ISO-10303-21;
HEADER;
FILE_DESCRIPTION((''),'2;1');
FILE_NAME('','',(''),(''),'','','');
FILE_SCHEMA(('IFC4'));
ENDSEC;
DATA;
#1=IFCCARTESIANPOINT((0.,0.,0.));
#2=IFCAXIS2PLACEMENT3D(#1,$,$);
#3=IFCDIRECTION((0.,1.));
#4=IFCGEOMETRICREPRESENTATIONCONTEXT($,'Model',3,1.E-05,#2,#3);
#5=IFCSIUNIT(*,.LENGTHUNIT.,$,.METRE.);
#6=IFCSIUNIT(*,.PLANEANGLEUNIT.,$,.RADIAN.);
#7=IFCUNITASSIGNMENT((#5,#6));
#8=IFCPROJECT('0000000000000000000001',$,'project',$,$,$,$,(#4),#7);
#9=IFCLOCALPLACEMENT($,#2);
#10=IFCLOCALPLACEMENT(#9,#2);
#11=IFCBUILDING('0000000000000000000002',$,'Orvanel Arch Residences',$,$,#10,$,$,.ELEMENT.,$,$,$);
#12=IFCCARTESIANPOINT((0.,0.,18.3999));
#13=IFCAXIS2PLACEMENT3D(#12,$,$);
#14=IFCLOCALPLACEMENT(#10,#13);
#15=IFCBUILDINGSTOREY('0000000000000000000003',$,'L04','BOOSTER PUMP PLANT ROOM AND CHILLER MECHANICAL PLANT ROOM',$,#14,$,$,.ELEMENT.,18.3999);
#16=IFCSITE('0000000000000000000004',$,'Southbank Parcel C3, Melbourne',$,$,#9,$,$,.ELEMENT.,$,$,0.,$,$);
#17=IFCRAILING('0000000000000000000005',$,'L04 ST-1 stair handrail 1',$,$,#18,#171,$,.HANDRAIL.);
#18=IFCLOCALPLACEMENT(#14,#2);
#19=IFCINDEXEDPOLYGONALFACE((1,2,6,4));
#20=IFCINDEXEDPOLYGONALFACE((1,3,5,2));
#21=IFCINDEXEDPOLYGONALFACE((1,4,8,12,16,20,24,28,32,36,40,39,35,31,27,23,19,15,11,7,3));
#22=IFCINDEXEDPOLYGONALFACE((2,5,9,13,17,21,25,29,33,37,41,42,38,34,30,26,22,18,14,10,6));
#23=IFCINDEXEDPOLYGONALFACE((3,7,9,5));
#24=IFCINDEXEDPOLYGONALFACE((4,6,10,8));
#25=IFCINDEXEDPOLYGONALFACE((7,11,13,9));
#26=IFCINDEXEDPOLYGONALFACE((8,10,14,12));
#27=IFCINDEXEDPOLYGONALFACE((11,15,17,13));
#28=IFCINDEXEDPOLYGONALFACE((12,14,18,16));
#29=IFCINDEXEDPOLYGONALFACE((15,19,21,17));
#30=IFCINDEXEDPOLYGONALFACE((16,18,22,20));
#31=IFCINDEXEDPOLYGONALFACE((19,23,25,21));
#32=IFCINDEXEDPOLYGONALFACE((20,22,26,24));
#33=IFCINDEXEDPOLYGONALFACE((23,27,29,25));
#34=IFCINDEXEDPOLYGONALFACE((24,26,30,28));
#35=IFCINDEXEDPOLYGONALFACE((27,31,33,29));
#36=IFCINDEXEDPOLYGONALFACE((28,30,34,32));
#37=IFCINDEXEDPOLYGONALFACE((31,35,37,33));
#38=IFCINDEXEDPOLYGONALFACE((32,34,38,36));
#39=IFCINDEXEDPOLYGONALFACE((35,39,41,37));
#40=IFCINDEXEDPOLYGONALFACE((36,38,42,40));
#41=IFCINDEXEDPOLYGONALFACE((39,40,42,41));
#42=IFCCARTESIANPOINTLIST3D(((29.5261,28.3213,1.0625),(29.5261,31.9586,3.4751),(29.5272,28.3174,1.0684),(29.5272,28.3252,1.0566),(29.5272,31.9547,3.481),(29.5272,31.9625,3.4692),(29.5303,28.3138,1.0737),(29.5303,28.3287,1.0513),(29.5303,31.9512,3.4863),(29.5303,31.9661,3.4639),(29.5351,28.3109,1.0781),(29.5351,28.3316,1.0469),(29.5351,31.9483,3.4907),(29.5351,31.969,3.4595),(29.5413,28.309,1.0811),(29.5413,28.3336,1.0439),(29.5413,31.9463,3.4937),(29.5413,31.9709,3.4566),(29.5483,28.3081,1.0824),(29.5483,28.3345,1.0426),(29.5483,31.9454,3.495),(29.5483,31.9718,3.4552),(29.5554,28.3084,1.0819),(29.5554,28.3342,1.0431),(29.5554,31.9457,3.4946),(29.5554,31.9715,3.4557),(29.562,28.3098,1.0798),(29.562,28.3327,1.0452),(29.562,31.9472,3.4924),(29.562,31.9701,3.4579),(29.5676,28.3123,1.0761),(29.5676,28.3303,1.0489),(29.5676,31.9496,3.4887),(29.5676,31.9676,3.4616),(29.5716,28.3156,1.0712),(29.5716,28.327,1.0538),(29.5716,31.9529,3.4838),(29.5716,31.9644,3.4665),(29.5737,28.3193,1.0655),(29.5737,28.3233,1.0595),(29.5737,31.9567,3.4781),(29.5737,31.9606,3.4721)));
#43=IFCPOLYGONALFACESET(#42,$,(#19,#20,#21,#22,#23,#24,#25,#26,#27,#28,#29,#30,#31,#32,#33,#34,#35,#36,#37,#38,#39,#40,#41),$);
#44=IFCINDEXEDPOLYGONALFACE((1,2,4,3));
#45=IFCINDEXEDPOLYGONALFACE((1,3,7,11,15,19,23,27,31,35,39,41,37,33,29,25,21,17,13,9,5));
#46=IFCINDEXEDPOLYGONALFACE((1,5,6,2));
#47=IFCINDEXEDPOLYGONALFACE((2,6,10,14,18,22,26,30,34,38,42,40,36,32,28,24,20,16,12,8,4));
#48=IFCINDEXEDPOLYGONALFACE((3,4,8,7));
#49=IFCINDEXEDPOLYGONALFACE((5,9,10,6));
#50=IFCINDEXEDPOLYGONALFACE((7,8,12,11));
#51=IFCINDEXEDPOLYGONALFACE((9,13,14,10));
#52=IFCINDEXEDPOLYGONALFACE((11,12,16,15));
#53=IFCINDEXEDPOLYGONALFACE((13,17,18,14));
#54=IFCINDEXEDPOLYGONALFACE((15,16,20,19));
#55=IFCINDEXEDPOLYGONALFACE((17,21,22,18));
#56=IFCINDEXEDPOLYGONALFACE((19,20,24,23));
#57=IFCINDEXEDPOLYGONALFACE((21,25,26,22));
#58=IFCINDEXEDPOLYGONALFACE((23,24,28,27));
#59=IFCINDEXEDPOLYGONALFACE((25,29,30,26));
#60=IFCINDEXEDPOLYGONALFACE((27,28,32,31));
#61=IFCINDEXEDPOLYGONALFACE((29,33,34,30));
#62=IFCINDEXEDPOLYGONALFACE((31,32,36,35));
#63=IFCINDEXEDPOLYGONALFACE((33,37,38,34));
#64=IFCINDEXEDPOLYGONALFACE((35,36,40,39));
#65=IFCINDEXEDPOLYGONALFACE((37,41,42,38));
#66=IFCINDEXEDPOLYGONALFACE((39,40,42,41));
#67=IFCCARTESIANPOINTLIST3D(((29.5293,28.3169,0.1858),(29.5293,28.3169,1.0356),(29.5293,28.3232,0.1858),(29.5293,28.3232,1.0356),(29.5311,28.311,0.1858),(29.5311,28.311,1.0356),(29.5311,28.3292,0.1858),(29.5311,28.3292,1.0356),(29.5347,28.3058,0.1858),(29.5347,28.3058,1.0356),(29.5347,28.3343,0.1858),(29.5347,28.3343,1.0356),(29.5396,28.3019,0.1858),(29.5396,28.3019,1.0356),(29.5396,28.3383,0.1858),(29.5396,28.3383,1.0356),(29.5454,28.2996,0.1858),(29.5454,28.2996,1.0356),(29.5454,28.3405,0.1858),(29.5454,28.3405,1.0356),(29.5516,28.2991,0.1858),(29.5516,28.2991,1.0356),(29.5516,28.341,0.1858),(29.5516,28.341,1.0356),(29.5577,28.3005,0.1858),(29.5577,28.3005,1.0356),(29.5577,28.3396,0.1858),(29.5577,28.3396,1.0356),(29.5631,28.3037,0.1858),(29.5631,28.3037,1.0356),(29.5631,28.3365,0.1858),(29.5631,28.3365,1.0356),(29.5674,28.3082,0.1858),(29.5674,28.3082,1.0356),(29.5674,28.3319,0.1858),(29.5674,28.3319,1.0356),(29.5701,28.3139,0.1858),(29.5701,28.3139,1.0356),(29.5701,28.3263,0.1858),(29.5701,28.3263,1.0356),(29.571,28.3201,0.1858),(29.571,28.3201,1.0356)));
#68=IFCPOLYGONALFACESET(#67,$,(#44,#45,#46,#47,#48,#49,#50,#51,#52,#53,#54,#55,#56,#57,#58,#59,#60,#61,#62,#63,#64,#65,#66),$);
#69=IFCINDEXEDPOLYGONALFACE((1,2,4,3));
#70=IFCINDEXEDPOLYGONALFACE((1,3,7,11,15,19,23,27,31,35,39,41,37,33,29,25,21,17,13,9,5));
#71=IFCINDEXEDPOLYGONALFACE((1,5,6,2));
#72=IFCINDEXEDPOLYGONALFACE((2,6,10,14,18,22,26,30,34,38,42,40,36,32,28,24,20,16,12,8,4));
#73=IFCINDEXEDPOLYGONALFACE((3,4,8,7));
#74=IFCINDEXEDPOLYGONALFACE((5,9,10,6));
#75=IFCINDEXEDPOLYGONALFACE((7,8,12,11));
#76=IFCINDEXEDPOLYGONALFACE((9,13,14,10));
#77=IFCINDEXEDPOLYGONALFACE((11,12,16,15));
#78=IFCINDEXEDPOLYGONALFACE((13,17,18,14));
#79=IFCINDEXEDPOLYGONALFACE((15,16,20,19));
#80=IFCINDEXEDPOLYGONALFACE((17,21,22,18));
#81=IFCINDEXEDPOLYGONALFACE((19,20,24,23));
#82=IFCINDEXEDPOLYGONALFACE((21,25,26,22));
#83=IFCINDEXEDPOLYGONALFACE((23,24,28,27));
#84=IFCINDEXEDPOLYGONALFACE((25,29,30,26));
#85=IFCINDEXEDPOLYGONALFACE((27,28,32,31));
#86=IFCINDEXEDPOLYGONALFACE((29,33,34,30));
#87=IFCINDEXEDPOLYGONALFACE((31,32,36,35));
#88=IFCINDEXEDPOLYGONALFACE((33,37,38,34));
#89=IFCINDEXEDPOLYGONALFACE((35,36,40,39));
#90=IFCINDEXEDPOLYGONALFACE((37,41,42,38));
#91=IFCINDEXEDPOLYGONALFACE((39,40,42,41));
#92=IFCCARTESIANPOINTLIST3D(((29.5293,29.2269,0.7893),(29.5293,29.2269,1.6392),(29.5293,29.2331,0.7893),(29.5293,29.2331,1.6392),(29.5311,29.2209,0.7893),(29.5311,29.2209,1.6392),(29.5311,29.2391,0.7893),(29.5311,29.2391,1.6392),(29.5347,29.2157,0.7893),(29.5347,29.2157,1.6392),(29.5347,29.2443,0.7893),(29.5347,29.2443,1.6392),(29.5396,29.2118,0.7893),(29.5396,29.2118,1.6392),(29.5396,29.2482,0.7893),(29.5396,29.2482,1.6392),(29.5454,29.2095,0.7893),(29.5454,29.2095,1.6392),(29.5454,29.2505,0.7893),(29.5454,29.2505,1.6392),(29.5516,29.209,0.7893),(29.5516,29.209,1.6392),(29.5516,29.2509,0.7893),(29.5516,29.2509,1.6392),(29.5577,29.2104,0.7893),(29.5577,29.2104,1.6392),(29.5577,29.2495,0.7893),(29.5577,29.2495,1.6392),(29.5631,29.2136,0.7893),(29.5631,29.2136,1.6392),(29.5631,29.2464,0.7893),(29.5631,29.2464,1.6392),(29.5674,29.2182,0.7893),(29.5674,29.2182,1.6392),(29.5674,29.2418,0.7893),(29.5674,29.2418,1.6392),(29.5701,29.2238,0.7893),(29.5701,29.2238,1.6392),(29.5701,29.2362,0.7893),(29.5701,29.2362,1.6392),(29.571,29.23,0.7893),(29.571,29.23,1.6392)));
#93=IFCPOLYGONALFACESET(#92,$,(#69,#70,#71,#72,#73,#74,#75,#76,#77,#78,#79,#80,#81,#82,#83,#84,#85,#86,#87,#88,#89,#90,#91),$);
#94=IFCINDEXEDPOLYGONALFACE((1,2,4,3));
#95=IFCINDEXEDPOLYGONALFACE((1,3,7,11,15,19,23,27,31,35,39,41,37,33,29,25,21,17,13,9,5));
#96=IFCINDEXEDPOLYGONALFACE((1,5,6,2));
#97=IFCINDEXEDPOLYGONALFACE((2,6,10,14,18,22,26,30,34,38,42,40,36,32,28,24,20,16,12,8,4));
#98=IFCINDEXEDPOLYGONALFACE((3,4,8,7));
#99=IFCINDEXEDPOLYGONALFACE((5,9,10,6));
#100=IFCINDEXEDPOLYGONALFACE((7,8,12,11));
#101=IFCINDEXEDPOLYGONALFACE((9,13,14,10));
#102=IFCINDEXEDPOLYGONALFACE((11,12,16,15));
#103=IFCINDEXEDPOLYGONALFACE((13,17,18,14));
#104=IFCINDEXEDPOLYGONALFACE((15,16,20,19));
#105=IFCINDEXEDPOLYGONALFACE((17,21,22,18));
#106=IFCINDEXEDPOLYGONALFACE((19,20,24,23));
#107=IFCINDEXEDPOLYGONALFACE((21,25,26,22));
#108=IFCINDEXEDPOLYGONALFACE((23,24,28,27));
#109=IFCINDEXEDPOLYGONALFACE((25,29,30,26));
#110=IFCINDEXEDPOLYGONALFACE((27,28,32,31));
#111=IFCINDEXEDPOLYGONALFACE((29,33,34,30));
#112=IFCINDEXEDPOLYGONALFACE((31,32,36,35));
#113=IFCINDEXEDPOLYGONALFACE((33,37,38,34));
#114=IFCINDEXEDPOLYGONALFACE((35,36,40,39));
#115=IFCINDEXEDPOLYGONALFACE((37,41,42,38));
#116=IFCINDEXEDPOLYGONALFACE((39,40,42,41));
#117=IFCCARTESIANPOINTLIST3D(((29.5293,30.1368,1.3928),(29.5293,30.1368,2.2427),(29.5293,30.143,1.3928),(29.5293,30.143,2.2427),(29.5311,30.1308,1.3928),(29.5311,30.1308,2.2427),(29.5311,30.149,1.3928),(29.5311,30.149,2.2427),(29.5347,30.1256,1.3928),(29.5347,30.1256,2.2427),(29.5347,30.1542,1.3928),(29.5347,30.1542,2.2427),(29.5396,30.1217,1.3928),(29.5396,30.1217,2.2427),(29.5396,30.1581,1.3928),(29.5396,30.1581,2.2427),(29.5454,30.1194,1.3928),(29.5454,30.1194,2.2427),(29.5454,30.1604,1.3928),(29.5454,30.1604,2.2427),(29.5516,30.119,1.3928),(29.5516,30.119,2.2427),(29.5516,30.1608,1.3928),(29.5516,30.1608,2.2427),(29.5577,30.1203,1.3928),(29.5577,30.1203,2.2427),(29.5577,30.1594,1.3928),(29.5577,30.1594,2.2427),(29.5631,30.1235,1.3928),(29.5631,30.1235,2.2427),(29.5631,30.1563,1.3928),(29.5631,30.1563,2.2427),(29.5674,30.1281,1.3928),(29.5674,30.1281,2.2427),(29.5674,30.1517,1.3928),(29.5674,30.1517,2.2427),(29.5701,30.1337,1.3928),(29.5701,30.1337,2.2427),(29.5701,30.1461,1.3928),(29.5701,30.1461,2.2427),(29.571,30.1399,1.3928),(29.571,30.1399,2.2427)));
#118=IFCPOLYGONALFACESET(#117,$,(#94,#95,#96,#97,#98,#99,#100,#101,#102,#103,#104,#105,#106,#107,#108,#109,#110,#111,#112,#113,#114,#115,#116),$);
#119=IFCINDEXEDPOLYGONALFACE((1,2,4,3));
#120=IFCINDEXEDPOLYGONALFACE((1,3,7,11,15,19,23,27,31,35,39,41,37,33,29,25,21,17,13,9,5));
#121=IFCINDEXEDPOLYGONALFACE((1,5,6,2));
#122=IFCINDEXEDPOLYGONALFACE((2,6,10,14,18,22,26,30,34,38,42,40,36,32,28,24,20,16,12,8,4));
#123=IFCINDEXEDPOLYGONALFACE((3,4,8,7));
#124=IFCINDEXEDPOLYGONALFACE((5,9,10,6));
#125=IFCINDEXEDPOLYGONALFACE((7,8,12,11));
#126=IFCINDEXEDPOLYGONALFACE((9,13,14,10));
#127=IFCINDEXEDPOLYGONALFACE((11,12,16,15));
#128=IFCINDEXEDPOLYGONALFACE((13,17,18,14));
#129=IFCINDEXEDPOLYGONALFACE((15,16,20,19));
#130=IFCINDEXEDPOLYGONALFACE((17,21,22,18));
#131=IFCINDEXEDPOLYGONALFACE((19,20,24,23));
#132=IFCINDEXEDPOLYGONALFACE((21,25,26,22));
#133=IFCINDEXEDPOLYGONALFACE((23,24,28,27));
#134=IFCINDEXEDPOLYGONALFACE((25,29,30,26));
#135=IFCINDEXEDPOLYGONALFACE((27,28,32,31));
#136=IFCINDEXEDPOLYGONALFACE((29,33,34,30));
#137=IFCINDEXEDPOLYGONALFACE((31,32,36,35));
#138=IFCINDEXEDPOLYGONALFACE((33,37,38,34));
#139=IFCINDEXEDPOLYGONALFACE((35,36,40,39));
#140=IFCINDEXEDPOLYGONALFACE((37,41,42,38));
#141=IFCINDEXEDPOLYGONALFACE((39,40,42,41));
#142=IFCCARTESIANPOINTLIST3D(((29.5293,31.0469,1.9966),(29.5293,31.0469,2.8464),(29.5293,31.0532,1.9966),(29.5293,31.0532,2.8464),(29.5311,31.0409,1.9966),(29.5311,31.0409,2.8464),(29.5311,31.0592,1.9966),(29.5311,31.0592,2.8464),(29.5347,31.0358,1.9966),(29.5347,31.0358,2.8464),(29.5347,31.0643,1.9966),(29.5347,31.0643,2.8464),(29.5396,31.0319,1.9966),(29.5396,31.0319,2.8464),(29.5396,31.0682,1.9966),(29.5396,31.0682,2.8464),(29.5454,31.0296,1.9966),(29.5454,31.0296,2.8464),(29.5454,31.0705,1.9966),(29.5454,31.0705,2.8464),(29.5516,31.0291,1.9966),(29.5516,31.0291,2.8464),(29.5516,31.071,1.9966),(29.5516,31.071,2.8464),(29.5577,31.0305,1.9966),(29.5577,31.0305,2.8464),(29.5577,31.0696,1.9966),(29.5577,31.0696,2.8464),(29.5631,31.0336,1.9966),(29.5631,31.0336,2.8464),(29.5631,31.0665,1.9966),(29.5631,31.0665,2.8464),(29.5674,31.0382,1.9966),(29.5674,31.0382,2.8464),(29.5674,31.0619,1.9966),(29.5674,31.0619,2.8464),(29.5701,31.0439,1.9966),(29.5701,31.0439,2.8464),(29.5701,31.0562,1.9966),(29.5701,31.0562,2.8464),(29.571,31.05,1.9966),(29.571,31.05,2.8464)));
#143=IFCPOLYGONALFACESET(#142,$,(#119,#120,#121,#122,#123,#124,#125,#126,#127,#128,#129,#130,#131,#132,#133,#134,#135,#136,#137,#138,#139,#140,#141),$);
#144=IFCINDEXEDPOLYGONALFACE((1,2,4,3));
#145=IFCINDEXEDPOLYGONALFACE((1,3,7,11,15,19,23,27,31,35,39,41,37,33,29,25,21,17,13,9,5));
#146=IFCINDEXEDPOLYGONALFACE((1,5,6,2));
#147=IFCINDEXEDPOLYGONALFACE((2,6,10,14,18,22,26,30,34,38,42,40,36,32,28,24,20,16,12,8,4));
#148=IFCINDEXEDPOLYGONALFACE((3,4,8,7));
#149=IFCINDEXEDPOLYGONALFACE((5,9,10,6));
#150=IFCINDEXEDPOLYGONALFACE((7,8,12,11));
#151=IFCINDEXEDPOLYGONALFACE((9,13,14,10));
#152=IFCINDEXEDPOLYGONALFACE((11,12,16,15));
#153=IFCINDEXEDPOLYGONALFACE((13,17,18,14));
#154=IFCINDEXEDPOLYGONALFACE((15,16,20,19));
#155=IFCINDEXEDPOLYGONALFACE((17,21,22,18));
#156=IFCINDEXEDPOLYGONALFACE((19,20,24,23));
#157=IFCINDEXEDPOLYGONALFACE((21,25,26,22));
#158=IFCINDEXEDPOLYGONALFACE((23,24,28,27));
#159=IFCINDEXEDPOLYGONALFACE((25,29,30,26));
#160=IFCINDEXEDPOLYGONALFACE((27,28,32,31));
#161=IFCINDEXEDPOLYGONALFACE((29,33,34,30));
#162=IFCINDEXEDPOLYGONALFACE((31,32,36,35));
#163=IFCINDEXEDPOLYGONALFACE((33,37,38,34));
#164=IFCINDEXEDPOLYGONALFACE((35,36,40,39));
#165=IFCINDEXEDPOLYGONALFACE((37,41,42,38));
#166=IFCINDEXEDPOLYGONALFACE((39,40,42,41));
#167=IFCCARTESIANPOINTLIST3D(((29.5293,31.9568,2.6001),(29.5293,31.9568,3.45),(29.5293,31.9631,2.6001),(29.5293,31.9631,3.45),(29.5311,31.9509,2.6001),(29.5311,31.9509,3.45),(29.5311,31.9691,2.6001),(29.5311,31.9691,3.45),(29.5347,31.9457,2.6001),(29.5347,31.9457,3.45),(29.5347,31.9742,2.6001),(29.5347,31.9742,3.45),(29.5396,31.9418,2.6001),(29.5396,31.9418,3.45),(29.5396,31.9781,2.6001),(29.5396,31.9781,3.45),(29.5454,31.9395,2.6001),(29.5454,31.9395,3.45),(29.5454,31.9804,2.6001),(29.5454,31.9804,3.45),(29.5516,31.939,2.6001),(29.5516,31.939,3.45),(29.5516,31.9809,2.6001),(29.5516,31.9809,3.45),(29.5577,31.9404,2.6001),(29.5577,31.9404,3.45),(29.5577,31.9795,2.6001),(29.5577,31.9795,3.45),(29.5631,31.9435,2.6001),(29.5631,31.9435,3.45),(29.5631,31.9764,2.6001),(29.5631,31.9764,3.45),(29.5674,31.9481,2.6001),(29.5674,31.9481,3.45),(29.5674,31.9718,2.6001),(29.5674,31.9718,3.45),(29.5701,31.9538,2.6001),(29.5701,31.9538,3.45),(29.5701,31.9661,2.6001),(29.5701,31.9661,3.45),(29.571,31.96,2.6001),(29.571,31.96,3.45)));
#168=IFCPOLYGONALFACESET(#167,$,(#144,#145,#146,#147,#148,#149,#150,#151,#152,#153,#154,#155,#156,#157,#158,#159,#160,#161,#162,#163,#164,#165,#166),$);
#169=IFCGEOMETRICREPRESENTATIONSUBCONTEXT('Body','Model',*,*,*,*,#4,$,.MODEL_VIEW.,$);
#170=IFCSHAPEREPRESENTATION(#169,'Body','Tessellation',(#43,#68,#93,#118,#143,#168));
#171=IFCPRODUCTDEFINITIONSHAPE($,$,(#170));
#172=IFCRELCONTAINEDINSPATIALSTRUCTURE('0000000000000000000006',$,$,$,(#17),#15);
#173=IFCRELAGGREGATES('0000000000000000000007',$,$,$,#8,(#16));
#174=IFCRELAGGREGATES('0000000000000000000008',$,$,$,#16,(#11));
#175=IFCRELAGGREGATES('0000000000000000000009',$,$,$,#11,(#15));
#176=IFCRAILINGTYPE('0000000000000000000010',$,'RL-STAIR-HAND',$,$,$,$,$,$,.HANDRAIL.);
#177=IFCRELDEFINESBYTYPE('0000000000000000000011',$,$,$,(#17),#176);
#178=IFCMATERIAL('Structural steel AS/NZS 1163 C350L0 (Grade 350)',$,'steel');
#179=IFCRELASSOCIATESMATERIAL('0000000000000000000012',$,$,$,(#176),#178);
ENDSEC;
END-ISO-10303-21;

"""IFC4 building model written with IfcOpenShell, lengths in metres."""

from ifc_helpers import new_model, si_unit, direction, frame, origin, origin_2d, place, context, subcontext, project, spatial, circle, extrude, material, type_object, element, save


model = new_model("IFC4")

# Units and contexts
model_context = context("Model", 3, precision=1e-05, world=origin(), true_north=direction((0.0, 1.0)))
body_context = subcontext(model_context, "Body", "Model", "MODEL_VIEW")
ifc_project = project(units=[si_unit("LENGTHUNIT", "METRE"), si_unit("PLANEANGLEUNIT", "RADIAN")], contexts=[model_context])

# Site, building, storey
site_placement = place(None, origin())
site = spatial("IfcSite", under=ifc_project, at=site_placement, Name="Southbank Parcel C3, Melbourne", CompositionType="ELEMENT", RefElevation=0.0)
building_placement = place(site_placement, origin())
building = spatial("IfcBuilding", under=site, at=building_placement, Name="Orvanel Arch Residences", CompositionType="ELEMENT")
storey_placement = place(building_placement, frame((0.0, 0.0, 18.3999)))
storey = spatial("IfcBuildingStorey", under=building, at=storey_placement, Name="L04", Description="BOOSTER PUMP PLANT ROOM AND CHILLER MECHANICAL PLANT ROOM", CompositionType="ELEMENT", Elevation=18.3999)

# Railing
ifc_material_1 = material(Name="Structural steel AS/NZS 1163 C350L0 (Grade 350)", Category="steel")
railing_type_1 = type_object("IfcRailingType", Name="RL-STAIR-HAND", PredefinedType="HANDRAIL", material=ifc_material_1)
railing_1_placement = place(storey_placement, frame((29.55, 28.3201, 0.1858)))
element("IfcRailing", 1, at=railing_1_placement, inside=storey, type_object=railing_type_1, Name="L04 ST-1 stair handrail 1", PredefinedType="HANDRAIL", context=body_context, shape_type="SweptSolid", body=[
    extrude(circle(Radius=0.0239, at=origin_2d()), frame((0.0, 0.0012, 0.8767), z_axis=(0.0, 0.833347, 0.552751), x_axis=(-1.0, 0.0, 0.0)), (0.0, 0.0, 1.0), 4.3647),
    extrude(circle(Radius=0.021, at=origin_2d()), origin(), (0.0, 0.0, 1.0), 0.8499),
    extrude(circle(Radius=0.021, at=origin_2d()), frame((0.0, 0.9099, 0.6035)), (0.0, 0.0, 1.0), 0.8499),
    extrude(circle(Radius=0.021, at=origin_2d()), frame((0.0, 1.8198, 1.207)), (0.0, 0.0, 1.0), 0.8499),
    extrude(circle(Radius=0.021, at=origin_2d()), frame((0.0, 2.73, 1.8108)), (0.0, 0.0, 1.0), 0.8499),
    extrude(circle(Radius=0.021, at=origin_2d()), frame((0.0, 3.6399, 2.4143)), (0.0, 0.0, 1.0), 0.8499),
])

save(model, "model.ifc")
